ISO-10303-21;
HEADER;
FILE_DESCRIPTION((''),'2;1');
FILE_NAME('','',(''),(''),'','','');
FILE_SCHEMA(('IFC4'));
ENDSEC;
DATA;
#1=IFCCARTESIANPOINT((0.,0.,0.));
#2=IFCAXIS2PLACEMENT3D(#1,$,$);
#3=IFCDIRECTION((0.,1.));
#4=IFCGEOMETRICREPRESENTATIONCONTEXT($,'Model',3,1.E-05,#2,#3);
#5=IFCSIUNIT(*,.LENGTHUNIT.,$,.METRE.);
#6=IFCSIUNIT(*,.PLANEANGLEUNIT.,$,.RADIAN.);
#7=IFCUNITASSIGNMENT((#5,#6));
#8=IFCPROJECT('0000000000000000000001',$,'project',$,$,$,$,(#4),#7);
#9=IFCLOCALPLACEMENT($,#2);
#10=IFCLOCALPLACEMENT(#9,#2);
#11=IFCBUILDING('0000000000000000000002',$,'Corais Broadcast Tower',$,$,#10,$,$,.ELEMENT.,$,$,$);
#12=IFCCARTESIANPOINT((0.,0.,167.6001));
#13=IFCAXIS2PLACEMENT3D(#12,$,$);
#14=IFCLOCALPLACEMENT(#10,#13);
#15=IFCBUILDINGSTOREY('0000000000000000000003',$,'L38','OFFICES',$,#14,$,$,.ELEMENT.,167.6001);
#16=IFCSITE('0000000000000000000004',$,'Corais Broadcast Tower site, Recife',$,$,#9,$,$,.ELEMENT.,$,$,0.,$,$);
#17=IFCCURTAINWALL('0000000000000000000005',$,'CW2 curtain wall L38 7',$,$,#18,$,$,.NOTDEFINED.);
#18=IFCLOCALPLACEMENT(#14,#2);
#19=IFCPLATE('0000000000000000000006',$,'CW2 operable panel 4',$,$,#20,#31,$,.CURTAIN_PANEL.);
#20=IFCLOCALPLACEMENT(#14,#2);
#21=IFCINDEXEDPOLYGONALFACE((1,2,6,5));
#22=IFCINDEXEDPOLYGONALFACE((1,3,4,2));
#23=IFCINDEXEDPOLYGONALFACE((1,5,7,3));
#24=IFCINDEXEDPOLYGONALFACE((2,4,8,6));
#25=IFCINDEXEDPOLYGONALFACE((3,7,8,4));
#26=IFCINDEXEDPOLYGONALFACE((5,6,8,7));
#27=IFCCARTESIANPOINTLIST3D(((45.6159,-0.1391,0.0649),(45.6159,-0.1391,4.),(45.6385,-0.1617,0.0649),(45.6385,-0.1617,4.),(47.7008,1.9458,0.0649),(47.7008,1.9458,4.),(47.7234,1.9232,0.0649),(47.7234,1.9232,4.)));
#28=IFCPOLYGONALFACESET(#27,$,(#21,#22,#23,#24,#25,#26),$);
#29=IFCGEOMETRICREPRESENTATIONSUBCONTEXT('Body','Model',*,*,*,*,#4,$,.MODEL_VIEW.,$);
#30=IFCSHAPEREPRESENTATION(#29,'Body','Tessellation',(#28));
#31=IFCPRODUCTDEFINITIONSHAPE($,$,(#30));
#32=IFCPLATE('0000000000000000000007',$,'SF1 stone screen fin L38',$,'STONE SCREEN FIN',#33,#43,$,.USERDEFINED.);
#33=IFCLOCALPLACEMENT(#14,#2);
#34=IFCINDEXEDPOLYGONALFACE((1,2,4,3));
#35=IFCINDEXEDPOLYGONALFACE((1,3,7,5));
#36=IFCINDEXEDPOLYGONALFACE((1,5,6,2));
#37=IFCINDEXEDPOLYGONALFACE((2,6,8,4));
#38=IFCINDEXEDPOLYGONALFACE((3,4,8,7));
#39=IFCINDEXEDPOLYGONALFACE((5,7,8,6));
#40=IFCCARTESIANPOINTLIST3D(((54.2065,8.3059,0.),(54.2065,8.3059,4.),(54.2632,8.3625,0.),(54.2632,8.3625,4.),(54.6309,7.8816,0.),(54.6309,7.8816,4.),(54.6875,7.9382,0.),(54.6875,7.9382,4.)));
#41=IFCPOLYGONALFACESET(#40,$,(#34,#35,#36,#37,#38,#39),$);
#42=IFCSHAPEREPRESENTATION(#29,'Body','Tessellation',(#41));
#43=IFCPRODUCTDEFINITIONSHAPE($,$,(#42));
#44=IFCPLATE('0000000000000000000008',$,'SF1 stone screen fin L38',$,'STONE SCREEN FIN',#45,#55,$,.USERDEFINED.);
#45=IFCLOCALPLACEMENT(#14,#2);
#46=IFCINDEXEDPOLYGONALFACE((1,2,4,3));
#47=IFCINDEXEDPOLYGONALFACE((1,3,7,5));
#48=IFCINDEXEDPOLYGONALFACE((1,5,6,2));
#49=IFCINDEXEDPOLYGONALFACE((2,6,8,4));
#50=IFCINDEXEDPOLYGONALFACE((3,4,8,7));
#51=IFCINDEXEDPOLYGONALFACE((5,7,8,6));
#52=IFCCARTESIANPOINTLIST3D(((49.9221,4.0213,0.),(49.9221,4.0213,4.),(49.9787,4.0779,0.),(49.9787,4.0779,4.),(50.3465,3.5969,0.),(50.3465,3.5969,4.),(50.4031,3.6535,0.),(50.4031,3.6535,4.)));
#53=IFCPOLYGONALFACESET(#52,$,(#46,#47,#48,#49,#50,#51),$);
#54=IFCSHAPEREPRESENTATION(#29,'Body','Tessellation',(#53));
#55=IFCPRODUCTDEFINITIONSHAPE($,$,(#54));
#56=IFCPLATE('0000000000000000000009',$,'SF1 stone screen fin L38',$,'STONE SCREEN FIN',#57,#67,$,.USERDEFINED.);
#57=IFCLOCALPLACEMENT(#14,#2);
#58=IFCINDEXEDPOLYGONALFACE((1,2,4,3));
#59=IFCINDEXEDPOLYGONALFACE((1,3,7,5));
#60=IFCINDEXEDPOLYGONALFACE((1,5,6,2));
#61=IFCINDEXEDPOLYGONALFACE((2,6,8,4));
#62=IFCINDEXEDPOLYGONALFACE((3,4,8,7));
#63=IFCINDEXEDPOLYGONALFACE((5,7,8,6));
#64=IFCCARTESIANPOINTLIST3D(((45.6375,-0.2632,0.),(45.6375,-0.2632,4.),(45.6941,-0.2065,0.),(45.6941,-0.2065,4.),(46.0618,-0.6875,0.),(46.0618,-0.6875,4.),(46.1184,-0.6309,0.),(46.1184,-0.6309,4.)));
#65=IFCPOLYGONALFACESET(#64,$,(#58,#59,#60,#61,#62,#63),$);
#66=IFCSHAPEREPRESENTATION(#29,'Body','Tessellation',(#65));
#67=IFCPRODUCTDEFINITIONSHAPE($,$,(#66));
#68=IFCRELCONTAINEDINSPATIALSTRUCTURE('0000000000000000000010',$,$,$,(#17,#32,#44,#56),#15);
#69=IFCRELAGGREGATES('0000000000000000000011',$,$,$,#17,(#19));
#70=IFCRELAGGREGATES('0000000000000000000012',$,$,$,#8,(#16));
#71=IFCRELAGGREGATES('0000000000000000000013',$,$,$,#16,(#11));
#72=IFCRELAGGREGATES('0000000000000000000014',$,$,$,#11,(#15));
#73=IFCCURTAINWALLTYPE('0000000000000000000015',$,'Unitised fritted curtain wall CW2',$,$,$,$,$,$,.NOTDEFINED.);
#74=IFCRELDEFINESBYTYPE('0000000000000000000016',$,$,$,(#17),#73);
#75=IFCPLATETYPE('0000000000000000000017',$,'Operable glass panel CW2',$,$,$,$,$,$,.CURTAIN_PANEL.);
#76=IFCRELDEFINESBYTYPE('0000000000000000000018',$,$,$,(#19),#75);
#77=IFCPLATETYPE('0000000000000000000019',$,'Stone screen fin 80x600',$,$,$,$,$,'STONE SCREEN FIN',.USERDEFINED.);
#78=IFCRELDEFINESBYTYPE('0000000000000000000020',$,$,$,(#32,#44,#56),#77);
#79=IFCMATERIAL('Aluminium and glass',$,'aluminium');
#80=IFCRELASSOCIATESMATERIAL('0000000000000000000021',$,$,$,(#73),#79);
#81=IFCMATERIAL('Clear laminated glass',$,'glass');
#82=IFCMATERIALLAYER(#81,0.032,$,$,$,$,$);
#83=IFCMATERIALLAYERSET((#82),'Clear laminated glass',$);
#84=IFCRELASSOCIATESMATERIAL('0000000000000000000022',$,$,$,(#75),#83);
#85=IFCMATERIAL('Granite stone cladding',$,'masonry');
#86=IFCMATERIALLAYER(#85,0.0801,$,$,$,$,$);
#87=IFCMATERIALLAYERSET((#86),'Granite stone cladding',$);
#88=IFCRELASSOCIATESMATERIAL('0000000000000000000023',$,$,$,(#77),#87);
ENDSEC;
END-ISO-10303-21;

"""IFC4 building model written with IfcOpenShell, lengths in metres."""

from ifc_helpers import new_model, si_unit, direction, frame, origin, origin_2d, place, context, subcontext, project, spatial, rectangle, extrude, material, layer, layer_set, type_object, element, aggregate, save


model = new_model("IFC4")

# Units and contexts
model_context = context("Model", 3, precision=1e-05, world=origin(), true_north=direction((0.0, 1.0)))
body_context = subcontext(model_context, "Body", "Model", "MODEL_VIEW")
ifc_project = project(units=[si_unit("LENGTHUNIT", "METRE"), si_unit("PLANEANGLEUNIT", "RADIAN")], contexts=[model_context])

# Site, building, storey
site_placement = place(None, origin())
site = spatial("IfcSite", under=ifc_project, at=site_placement, Name="Corais Broadcast Tower site, Recife", CompositionType="ELEMENT", RefElevation=0.0)
building_placement = place(site_placement, origin())
building = spatial("IfcBuilding", under=site, at=building_placement, Name="Corais Broadcast Tower", CompositionType="ELEMENT")
storey_placement = place(building_placement, frame((0.0, 0.0, 167.6001)))
storey = spatial("IfcBuildingStorey", under=building, at=storey_placement, Name="L38", Description="OFFICES", CompositionType="ELEMENT", Elevation=167.6001)

# Shared definitions
ifc_material_1 = material(Name="Aluminium and glass", Category="aluminium")
curtain_wall_type = type_object("IfcCurtainWallType", Name="Unitised fritted curtain wall CW2", PredefinedType="NOTDEFINED", material=ifc_material_1)

# Curtain wall
curtain_wall_1_placement = place(storey_placement, origin())
curtain_wall_1 = element("IfcCurtainWall", 1, at=curtain_wall_1_placement, inside=storey, type_object=curtain_wall_type, Name="CW2 curtain wall L38 7", PredefinedType="NOTDEFINED")

# Plate
ifc_material_2 = material(Name="Clear laminated glass", Category="glass")
ifc_layer_1 = layer(ifc_material_2, 0.032)
ifc_layer_set_1 = layer_set([ifc_layer_1], Name="Clear laminated glass")
plate_type_1 = type_object("IfcPlateType", Name="Operable glass panel CW2", PredefinedType="CURTAIN_PANEL", material=ifc_layer_set_1)
plate_1_placement = place(storey_placement, frame((46.6697, 0.8921, 0.0649), z_axis=(0.0, 0.0, 1.0), x_axis=(-0.707107, -0.707107, 0.0)))
plate_1 = element("IfcPlate", 2, at=plate_1_placement, type_object=plate_type_1, Name="CW2 operable panel 4", PredefinedType="CURTAIN_PANEL", context=body_context, shape_type="SweptSolid", body=[
    extrude(rectangle(XDim=2.9485, YDim=0.032, at=origin_2d()), origin(), (0.0, 0.0, 1.0), 3.9351),
])
aggregate(curtain_wall_1, [plate_1])

# Plates
ifc_material_3 = material(Name="Granite stone cladding", Category="masonry")
ifc_layer_2 = layer(ifc_material_3, 0.0801)
ifc_layer_set_2 = layer_set([ifc_layer_2], Name="Granite stone cladding")
plate_type_2 = type_object("IfcPlateType", Name="Stone screen fin 80x600", ElementType="STONE SCREEN FIN", PredefinedType="USERDEFINED", material=ifc_layer_set_2)
for number, where, z_axis, x_axis, name in (
    (3, (54.447, 8.1221, 0.0), (0.0, 0.0, 1.0), (-0.707107, -0.707107, 0.0), "SF1 stone screen fin L38"),
    (4, (50.1626, 3.8374, 0.0), (0.0, 0.0, 1.0), (-0.707107, -0.707107, 0.0), "SF1 stone screen fin L38"),
    (5, (45.8779, -0.447, 0.0), (0.0, 0.0, 1.0), (-0.707107, -0.707107, 0.0), "SF1 stone screen fin L38"),
):
    element("IfcPlate", number, at=place(storey_placement, frame(where, z_axis=z_axis, x_axis=x_axis)), inside=storey, type_object=plate_type_2, Name=name, ObjectType="STONE SCREEN FIN", PredefinedType="USERDEFINED", context=body_context, shape_type="SweptSolid", body=[
        extrude(rectangle(XDim=0.0801, YDim=0.6001, at=origin_2d()), origin(), (0.0, 0.0, 1.0), 4.0),
    ])

save(model, "model.ifc")
